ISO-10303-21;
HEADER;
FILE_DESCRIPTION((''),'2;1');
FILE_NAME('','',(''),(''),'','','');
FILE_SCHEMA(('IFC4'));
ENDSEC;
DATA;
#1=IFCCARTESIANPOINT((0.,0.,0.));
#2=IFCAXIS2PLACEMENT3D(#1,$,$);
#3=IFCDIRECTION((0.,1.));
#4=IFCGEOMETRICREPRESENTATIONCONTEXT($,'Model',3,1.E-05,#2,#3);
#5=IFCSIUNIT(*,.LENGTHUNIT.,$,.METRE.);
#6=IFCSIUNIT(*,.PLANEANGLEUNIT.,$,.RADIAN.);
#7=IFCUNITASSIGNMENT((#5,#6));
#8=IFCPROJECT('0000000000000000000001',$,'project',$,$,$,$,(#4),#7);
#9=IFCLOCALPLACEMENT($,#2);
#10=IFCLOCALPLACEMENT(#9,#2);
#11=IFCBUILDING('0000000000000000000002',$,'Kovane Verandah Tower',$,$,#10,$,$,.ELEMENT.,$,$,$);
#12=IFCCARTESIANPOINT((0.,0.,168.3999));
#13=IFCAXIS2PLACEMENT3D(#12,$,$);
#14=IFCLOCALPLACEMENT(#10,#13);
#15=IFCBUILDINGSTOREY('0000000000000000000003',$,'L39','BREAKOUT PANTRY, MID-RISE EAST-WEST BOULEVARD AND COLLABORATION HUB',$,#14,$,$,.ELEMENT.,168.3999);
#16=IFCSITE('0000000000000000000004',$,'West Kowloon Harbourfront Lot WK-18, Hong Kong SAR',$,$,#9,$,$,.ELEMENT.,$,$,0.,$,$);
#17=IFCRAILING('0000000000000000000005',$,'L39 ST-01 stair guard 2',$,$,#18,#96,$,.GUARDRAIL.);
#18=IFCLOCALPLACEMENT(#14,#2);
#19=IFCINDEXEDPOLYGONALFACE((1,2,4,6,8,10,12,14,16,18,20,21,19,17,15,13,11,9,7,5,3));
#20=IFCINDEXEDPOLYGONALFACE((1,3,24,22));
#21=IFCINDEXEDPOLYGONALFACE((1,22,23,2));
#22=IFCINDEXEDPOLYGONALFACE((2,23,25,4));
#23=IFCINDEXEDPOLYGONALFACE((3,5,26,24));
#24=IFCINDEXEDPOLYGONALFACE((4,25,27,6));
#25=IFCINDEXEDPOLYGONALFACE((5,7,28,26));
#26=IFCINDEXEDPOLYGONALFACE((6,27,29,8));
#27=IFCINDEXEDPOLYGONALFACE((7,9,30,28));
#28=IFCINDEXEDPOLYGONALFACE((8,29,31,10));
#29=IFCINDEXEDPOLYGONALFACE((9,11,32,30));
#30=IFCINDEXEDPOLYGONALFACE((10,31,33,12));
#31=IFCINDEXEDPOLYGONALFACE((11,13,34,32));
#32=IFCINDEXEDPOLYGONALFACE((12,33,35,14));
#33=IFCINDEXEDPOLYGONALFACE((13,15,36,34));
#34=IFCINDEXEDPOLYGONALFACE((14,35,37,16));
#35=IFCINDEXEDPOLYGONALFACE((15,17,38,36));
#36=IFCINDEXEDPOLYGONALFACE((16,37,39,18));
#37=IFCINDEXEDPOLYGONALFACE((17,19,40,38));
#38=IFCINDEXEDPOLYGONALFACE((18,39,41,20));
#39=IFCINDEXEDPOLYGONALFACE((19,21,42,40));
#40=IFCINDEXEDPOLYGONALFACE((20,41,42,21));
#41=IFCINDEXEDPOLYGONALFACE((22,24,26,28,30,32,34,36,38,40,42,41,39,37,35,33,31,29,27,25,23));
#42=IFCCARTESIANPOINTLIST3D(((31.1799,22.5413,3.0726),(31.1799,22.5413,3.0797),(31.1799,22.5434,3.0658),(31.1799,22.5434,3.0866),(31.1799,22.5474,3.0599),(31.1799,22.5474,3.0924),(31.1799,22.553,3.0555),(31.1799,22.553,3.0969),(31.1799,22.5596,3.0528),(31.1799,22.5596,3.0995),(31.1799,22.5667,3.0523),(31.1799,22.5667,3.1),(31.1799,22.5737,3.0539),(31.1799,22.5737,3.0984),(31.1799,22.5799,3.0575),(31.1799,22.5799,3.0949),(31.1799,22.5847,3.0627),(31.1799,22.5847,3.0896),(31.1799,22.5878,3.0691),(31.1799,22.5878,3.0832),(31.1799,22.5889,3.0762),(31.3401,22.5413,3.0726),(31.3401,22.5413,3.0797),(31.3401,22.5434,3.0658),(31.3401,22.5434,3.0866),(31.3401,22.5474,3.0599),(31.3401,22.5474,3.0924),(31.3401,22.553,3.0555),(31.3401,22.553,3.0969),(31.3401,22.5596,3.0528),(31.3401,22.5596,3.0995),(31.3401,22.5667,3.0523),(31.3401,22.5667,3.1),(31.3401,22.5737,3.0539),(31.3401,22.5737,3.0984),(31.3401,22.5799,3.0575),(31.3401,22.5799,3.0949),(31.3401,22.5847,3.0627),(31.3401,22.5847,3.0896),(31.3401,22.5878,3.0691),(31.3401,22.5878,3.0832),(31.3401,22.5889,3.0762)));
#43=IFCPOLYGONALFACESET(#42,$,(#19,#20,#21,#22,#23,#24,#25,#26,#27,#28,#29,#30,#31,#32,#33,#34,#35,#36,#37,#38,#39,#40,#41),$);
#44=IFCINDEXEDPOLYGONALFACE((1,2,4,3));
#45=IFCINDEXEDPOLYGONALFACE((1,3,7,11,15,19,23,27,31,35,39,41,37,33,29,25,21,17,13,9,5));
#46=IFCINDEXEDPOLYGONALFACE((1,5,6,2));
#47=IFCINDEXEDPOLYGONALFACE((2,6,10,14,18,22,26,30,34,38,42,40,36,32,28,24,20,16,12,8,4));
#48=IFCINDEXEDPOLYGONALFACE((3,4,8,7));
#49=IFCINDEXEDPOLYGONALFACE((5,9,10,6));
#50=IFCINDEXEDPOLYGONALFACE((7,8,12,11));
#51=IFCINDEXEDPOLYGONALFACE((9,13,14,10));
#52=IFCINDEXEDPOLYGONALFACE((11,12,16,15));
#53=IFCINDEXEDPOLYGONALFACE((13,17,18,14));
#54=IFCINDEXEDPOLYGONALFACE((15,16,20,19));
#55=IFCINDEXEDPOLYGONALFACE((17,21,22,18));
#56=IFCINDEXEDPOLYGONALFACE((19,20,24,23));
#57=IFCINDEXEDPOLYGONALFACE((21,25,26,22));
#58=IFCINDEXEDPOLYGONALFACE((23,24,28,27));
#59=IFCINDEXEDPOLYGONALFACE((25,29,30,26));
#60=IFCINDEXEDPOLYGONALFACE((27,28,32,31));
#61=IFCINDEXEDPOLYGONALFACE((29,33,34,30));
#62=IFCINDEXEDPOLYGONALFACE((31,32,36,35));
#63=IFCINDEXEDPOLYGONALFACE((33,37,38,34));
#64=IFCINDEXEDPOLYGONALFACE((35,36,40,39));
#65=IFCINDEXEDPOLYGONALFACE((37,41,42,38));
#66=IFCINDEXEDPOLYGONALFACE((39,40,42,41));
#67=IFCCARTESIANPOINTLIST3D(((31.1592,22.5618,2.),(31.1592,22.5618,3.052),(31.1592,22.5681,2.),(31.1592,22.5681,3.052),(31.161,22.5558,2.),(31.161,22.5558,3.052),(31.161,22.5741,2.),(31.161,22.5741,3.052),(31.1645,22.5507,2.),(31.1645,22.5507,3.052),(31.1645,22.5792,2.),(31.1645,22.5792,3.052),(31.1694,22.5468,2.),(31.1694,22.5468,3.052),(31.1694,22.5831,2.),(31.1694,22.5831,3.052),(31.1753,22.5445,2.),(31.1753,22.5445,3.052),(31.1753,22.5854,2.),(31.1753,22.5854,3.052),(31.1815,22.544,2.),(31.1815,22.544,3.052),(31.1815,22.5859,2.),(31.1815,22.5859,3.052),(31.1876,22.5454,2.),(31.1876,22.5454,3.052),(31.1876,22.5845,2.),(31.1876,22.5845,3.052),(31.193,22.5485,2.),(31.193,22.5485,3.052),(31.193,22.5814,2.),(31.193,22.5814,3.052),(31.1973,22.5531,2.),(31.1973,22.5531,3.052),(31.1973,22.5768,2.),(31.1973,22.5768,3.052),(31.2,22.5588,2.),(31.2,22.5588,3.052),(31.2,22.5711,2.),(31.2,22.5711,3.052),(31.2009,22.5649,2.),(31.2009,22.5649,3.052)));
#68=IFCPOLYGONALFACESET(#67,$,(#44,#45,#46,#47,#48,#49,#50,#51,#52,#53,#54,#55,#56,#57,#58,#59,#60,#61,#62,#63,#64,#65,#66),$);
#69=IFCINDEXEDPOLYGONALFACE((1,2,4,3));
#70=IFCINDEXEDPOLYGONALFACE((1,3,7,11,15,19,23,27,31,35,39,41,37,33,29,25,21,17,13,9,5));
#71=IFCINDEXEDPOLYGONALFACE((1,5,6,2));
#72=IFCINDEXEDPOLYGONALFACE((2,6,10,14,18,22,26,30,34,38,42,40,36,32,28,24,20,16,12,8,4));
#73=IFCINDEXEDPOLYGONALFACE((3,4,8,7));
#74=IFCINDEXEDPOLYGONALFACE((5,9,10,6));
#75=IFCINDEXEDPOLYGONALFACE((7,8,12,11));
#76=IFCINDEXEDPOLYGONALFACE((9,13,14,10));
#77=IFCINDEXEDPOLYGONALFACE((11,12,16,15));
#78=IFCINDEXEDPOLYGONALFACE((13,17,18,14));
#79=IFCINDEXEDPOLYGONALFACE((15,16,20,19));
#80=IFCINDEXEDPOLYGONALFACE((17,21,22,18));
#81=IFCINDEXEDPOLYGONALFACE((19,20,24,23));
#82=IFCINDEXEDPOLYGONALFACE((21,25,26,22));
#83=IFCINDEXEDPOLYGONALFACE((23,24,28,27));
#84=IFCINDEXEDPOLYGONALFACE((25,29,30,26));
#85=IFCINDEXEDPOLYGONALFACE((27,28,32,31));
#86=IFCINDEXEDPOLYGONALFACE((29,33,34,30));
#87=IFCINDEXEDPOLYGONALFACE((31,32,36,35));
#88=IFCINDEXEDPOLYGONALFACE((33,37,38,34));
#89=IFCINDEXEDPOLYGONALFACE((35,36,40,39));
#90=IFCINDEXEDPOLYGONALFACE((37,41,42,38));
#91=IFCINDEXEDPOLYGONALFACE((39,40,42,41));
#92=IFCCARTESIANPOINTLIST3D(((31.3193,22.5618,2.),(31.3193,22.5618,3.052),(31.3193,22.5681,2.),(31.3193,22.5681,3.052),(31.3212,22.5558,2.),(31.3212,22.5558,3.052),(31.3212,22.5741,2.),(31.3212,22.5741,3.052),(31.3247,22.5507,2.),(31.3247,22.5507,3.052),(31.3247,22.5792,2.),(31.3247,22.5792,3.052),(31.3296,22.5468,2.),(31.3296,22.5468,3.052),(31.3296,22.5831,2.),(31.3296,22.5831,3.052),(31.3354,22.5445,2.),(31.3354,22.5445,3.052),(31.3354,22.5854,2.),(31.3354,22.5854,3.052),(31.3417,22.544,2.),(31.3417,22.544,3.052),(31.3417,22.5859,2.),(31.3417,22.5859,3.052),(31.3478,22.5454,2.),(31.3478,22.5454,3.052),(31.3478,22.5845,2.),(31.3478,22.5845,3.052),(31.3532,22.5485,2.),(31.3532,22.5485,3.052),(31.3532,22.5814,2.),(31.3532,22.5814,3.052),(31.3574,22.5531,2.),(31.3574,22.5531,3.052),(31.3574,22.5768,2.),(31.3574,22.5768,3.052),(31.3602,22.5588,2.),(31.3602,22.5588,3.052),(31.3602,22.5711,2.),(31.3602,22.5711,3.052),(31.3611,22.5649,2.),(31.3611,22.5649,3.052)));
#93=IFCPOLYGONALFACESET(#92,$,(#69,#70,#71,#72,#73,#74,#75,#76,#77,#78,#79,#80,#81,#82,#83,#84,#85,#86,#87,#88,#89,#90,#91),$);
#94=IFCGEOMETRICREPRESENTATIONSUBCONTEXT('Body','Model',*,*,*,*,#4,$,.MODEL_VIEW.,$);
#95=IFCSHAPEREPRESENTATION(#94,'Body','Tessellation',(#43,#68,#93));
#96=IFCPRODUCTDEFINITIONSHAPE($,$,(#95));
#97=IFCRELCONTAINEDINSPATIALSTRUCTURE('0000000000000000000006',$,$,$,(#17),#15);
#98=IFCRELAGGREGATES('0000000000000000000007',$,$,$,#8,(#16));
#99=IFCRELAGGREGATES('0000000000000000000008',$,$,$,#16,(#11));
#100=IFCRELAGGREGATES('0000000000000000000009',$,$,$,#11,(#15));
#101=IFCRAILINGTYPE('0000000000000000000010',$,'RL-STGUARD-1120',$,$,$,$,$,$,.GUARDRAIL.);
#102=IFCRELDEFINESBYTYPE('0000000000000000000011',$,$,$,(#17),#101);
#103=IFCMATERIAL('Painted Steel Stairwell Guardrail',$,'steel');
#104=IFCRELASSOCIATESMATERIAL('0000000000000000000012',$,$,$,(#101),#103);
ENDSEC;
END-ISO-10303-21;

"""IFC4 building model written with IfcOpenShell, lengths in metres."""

from ifc_helpers import new_model, si_unit, direction, frame, origin, origin_2d, place, context, subcontext, project, spatial, circle, extrude, material, type_object, element, save


model = new_model("IFC4")

# Units and contexts
model_context = context("Model", 3, precision=1e-05, world=origin(), true_north=direction((0.0, 1.0)))
body_context = subcontext(model_context, "Body", "Model", "MODEL_VIEW")
ifc_project = project(units=[si_unit("LENGTHUNIT", "METRE"), si_unit("PLANEANGLEUNIT", "RADIAN")], contexts=[model_context])

# Site, building, storey
site_placement = place(None, origin())
site = spatial("IfcSite", under=ifc_project, at=site_placement, Name="West Kowloon Harbourfront Lot WK-18, Hong Kong SAR", CompositionType="ELEMENT", RefElevation=0.0)
building_placement = place(site_placement, origin())
building = spatial("IfcBuilding", under=site, at=building_placement, Name="Kovane Verandah Tower", CompositionType="ELEMENT")
storey_placement = place(building_placement, frame((0.0, 0.0, 168.3999)))
storey = spatial("IfcBuildingStorey", under=building, at=storey_placement, Name="L39", Description="BREAKOUT PANTRY, MID-RISE EAST-WEST BOULEVARD AND COLLABORATION HUB", CompositionType="ELEMENT", Elevation=168.3999)

# Railing
ifc_material_1 = material(Name="Painted Steel Stairwell Guardrail", Category="steel")
railing_type_1 = type_object("IfcRailingType", Name="RL-STGUARD-1120", PredefinedType="GUARDRAIL", material=ifc_material_1)
railing_1_placement = place(storey_placement, frame((31.1799, 22.5649, 2.0)))
element("IfcRailing", 1, at=railing_1_placement, inside=storey, type_object=railing_type_1, Name="L39 ST-01 stair guard 2", PredefinedType="GUARDRAIL", context=body_context, shape_type="SweptSolid", body=[
    extrude(circle(Radius=0.0239, at=origin_2d()), frame((0.0, 0.0, 1.0762), z_axis=(1.0, 0.0, 0.0), x_axis=(0.0, 1.0, 0.0)), (0.0, 0.0, 1.0), 0.1602),
    extrude(circle(Radius=0.021, at=origin_2d()), origin(), (0.0, 0.0, 1.0), 1.052),
    extrude(circle(Radius=0.021, at=origin_2d()), frame((0.1602, 0.0, 0.0)), (0.0, 0.0, 1.0), 1.052),
])

save(model, "model.ifc")
